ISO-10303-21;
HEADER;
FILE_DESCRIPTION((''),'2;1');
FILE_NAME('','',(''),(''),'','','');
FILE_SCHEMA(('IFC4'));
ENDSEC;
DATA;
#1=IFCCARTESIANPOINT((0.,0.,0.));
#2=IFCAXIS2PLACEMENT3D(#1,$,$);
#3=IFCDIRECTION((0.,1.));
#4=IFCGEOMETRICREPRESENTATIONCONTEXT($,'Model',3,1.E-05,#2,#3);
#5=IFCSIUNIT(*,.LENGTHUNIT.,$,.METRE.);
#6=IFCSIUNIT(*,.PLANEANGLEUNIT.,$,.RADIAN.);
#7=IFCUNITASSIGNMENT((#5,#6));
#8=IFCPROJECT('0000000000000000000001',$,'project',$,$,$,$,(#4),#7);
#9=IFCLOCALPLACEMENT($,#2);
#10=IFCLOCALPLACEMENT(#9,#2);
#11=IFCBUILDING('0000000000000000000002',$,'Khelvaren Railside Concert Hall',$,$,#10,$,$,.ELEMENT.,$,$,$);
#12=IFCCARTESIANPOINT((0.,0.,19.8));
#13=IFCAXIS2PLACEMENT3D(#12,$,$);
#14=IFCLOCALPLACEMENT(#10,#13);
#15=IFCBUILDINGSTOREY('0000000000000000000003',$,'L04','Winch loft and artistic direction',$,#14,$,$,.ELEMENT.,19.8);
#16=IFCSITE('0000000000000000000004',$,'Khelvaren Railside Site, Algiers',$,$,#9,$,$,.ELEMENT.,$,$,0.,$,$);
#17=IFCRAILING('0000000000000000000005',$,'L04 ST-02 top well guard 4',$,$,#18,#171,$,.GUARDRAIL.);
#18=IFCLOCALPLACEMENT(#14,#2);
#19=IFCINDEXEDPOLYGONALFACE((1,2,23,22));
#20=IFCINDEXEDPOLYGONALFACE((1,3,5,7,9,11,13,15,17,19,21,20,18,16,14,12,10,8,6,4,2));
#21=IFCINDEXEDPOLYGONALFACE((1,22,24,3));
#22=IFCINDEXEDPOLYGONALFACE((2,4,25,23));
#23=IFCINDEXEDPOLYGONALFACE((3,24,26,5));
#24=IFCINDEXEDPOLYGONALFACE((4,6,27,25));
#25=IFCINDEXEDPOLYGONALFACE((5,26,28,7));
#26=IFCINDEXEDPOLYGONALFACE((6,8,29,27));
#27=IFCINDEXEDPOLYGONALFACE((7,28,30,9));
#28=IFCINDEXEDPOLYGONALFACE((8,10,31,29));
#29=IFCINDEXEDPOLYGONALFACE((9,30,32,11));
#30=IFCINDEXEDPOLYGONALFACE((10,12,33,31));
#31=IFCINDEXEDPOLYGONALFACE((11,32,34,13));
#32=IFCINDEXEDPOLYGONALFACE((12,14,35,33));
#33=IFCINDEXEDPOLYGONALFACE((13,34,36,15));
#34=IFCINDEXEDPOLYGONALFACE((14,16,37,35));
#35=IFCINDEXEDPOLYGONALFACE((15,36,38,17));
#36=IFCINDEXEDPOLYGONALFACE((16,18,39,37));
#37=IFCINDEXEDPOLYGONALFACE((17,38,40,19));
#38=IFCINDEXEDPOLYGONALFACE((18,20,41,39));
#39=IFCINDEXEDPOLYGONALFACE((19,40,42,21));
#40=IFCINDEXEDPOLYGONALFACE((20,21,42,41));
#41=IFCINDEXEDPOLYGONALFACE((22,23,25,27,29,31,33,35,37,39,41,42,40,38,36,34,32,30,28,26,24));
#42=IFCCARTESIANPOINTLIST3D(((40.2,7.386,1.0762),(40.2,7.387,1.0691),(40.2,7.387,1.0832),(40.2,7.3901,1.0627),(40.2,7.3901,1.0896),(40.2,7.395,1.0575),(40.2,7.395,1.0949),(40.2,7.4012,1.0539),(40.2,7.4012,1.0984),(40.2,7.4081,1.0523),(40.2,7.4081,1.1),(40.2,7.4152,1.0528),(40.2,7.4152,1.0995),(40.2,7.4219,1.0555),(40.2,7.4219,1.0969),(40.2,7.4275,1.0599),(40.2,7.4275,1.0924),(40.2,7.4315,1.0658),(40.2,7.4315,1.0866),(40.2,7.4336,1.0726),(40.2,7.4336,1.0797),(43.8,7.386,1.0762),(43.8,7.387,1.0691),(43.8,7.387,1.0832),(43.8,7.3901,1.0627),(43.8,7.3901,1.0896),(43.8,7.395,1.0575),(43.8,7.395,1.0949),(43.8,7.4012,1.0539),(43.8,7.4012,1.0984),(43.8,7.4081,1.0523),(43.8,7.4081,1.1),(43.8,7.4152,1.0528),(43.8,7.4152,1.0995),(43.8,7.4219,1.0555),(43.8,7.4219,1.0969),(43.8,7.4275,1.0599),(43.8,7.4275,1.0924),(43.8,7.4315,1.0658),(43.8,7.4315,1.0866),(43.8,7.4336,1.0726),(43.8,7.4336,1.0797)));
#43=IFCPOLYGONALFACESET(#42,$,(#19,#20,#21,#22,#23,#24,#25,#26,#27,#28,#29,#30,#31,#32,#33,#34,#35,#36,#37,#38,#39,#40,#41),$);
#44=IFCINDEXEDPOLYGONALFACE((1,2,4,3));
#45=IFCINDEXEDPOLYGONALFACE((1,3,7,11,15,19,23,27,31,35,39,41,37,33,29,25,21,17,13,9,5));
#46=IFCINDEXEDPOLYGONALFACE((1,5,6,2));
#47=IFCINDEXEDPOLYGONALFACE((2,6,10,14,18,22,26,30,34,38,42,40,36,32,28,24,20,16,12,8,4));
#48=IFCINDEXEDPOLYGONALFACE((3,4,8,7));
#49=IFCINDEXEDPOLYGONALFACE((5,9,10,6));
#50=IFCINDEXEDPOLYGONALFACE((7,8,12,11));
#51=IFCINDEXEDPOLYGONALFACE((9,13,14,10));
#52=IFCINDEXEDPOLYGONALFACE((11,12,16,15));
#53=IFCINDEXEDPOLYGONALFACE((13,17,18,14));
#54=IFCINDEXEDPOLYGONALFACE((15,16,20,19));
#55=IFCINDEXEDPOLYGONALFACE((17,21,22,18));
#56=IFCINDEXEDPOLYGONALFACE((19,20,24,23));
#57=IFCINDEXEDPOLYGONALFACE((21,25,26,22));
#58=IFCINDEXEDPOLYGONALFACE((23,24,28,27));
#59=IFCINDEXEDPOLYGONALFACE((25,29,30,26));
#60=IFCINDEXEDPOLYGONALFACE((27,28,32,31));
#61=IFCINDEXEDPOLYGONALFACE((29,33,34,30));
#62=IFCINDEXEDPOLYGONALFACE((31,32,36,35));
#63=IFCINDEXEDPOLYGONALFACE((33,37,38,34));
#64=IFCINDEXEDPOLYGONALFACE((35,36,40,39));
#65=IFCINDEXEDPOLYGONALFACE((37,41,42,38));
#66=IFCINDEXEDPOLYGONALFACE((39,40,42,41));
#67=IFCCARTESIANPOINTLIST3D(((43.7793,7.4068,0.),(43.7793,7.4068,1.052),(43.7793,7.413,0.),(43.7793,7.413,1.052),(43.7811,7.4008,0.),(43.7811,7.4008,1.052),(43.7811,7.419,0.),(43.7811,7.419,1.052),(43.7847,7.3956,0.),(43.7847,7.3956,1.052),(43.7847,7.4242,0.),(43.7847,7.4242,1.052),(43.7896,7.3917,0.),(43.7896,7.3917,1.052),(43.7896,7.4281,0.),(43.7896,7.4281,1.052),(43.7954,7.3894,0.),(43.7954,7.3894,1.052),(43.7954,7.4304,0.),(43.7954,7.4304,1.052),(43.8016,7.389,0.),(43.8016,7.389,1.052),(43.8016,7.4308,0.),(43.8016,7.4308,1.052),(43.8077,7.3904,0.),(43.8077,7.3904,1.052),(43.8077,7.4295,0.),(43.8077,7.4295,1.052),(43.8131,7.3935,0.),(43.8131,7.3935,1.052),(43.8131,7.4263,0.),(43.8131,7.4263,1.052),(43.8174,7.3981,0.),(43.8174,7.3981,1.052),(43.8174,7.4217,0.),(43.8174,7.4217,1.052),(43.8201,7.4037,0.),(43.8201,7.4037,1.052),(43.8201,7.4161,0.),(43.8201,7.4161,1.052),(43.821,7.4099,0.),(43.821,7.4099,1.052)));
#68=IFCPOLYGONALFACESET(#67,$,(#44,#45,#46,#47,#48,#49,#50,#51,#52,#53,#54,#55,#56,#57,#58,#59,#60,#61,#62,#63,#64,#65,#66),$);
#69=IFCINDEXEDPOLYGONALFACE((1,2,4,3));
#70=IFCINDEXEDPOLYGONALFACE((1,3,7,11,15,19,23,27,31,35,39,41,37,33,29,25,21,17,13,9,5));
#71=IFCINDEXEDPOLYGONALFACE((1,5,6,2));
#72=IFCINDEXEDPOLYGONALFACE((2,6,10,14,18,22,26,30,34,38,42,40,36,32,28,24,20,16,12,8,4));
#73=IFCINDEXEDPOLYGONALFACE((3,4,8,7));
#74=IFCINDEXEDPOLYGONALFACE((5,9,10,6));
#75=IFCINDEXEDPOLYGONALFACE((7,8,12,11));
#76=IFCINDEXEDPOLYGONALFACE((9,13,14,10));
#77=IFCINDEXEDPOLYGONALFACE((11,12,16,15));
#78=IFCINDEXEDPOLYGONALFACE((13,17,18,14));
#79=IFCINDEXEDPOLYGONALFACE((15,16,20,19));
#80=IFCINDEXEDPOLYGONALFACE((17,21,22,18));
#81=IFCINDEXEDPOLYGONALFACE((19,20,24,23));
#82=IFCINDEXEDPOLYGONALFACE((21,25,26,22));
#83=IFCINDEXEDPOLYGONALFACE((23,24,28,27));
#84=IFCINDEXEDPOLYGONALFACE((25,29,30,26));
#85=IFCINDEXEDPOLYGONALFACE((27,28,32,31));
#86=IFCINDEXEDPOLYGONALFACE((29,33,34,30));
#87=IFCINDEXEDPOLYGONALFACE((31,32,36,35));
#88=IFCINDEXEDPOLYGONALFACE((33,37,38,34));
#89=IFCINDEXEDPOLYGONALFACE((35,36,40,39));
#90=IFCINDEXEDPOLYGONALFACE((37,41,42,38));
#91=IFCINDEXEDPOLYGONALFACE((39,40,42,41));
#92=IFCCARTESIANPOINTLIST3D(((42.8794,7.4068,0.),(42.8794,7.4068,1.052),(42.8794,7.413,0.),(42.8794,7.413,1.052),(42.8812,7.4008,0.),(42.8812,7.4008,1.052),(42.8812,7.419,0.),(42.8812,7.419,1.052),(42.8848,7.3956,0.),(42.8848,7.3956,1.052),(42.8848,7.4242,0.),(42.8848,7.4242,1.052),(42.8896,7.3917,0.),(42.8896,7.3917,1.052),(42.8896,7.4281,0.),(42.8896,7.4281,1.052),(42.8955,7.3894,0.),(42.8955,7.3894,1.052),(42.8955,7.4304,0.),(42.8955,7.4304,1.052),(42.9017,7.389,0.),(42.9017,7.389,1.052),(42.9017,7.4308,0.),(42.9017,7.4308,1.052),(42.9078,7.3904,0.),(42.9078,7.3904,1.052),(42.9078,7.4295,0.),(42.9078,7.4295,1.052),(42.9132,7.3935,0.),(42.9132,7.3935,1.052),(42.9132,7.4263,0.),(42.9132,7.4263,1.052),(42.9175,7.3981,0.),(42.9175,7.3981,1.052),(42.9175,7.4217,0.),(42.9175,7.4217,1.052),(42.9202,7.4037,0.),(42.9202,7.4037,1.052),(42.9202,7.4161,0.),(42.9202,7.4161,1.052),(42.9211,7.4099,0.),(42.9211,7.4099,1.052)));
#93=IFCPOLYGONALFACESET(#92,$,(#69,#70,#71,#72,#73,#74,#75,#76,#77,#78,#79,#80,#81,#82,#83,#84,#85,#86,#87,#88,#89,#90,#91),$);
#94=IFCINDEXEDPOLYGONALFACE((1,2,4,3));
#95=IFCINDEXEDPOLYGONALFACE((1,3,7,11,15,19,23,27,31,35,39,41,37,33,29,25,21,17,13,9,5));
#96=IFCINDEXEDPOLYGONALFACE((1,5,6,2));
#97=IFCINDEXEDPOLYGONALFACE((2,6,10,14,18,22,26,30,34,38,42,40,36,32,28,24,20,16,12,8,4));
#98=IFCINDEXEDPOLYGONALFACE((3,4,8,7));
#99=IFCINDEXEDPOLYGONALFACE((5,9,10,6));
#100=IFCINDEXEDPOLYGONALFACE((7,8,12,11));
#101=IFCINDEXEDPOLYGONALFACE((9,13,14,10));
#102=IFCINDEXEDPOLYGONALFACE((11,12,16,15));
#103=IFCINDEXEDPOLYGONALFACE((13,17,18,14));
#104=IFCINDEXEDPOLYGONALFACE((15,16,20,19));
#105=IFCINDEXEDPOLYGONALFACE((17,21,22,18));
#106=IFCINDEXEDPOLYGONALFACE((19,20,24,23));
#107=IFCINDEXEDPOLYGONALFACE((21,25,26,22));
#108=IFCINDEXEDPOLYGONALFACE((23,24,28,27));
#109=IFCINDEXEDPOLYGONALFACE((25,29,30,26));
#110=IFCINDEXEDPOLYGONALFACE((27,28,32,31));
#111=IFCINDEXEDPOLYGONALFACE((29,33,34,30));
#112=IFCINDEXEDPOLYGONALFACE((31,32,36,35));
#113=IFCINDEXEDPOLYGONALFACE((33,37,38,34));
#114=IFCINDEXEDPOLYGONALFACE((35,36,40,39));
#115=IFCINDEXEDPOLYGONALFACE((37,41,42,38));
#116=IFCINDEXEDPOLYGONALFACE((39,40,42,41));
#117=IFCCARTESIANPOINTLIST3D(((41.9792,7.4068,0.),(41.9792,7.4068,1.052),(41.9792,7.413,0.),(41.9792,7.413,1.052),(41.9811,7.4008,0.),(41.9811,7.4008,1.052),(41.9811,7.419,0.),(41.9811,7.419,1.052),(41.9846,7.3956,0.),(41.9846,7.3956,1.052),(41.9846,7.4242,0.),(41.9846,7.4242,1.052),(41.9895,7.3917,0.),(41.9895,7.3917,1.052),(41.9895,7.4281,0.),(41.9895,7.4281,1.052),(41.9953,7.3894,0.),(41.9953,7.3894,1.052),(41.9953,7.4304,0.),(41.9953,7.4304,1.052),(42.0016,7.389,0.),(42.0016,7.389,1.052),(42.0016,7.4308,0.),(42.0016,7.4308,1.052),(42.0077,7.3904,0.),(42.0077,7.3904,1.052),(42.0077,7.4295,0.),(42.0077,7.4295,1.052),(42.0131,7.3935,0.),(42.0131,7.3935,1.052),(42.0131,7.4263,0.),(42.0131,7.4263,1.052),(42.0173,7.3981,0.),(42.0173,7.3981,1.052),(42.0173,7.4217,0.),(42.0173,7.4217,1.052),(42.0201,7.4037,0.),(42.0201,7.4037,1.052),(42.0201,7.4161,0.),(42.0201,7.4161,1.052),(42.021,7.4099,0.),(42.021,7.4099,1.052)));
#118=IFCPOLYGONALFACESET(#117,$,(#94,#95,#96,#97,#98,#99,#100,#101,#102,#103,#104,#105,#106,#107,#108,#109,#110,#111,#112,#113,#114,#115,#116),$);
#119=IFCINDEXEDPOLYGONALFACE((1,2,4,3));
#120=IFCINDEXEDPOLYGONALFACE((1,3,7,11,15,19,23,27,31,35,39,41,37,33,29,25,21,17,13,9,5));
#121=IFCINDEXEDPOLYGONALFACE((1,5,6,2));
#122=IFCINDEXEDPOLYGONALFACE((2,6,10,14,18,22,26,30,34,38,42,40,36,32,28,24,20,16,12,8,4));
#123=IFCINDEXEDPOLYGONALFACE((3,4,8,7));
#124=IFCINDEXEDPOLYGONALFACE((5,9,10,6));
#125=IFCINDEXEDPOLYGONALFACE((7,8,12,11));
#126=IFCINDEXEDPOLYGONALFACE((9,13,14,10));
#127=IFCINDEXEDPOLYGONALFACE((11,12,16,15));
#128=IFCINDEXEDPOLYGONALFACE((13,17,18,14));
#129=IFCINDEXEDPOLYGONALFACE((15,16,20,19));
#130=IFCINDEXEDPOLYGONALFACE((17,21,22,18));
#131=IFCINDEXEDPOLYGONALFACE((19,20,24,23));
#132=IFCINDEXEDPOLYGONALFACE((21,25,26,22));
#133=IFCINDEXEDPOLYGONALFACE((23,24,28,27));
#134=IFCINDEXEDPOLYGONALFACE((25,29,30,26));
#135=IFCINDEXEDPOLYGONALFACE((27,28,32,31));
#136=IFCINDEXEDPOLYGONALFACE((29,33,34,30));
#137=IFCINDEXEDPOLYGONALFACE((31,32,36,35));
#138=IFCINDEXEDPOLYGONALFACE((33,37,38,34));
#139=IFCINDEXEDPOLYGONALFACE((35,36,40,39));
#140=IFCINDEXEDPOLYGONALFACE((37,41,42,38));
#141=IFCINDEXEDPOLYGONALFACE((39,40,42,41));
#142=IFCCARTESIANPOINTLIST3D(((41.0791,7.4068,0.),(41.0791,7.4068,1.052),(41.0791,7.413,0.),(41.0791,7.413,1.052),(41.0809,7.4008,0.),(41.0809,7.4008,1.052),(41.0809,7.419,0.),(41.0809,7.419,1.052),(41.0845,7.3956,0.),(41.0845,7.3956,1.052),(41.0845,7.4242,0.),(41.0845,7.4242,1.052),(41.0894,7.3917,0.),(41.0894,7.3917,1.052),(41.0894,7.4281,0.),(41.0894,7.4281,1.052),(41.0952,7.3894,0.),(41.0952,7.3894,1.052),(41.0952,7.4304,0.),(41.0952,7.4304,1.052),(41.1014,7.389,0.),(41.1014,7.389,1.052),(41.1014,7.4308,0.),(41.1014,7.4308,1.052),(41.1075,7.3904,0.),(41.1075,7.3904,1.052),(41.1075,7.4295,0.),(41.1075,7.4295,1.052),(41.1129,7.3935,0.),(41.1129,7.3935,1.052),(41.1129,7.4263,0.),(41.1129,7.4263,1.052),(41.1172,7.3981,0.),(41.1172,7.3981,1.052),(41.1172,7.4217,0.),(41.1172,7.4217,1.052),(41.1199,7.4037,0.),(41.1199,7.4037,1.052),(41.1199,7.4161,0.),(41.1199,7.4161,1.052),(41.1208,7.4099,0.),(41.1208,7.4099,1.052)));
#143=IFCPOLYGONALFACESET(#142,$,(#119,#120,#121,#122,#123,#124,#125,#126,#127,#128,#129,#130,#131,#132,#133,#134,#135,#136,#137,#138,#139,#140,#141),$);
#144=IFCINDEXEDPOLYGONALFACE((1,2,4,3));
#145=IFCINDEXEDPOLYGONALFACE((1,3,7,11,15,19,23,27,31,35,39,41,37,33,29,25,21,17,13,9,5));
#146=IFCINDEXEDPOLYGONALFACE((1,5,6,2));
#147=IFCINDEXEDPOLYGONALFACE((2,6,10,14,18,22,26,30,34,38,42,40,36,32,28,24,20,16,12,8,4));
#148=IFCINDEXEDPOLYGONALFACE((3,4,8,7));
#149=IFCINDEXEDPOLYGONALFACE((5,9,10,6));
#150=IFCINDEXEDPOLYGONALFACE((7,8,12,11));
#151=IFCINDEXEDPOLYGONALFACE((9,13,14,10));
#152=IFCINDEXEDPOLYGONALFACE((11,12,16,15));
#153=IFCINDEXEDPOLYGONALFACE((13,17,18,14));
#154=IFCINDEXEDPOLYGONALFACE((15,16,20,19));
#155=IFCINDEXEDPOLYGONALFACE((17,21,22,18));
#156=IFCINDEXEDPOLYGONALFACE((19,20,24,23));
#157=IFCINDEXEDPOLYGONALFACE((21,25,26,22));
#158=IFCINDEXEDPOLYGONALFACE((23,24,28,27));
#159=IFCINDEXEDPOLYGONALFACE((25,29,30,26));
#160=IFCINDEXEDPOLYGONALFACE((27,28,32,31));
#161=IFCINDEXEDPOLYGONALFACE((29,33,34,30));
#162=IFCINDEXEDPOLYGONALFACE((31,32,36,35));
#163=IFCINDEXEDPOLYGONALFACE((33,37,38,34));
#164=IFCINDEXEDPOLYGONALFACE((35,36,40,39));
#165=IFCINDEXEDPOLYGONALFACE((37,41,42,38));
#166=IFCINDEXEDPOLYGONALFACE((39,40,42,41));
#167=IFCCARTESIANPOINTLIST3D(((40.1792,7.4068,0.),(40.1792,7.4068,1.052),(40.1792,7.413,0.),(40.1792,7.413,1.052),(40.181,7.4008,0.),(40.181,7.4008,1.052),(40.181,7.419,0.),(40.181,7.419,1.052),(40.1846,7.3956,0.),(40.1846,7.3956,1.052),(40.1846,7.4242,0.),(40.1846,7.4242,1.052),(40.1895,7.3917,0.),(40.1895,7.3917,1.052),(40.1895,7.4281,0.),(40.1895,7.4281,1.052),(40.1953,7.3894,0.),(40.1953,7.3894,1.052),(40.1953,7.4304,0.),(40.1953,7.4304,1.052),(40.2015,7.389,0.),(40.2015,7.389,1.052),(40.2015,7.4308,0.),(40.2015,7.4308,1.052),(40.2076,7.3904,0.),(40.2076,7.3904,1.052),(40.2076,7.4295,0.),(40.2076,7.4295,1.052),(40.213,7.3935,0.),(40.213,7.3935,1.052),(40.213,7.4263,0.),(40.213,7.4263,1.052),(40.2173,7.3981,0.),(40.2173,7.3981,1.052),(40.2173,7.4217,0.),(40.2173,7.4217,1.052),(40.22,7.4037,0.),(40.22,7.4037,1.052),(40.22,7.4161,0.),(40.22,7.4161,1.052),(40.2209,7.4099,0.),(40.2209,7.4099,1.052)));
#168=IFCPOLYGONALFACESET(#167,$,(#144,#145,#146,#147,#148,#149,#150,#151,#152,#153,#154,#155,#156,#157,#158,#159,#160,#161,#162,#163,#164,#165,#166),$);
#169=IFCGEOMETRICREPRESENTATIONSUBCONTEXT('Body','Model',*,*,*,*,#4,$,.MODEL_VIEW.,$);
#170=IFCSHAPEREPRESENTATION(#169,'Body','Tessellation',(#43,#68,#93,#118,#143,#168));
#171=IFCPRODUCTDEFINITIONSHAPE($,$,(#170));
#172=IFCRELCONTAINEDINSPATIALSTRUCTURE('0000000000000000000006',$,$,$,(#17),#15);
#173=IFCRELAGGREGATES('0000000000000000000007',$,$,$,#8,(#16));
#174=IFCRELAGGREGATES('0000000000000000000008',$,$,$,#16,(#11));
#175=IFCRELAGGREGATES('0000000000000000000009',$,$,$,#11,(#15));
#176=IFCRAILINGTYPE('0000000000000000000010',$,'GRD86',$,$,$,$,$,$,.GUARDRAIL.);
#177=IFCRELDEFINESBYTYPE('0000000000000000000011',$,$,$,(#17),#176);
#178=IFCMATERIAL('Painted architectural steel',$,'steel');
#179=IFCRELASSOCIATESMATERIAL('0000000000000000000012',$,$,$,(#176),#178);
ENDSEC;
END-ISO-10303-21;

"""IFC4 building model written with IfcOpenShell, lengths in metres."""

from ifc_helpers import new_model, si_unit, direction, frame, origin, origin_2d, place, context, subcontext, project, spatial, circle, extrude, material, type_object, element, save


model = new_model("IFC4")

# Units and contexts
model_context = context("Model", 3, precision=1e-05, world=origin(), true_north=direction((0.0, 1.0)))
body_context = subcontext(model_context, "Body", "Model", "MODEL_VIEW")
ifc_project = project(units=[si_unit("LENGTHUNIT", "METRE"), si_unit("PLANEANGLEUNIT", "RADIAN")], contexts=[model_context])

# Site, building, storey
site_placement = place(None, origin())
site = spatial("IfcSite", under=ifc_project, at=site_placement, Name="Khelvaren Railside Site, Algiers", CompositionType="ELEMENT", RefElevation=0.0)
building_placement = place(site_placement, origin())
building = spatial("IfcBuilding", under=site, at=building_placement, Name="Khelvaren Railside Concert Hall", CompositionType="ELEMENT")
storey_placement = place(building_placement, frame((0.0, 0.0, 19.8)))
storey = spatial("IfcBuildingStorey", under=building, at=storey_placement, Name="L04", Description="Winch loft and artistic direction", CompositionType="ELEMENT", Elevation=19.8)

# Railing
ifc_material_1 = material(Name="Painted architectural steel", Category="steel")
railing_type = type_object("IfcRailingType", Name="GRD86", PredefinedType="GUARDRAIL", material=ifc_material_1)
railing_1_placement = place(storey_placement, frame((43.8, 7.4099, 0.0)))
element("IfcRailing", 1, at=railing_1_placement, inside=storey, type_object=railing_type, Name="L04 ST-02 top well guard 4", PredefinedType="GUARDRAIL", context=body_context, shape_type="SweptSolid", body=[
    extrude(circle(Radius=0.0239, at=origin_2d()), frame((0.0, 0.0, 1.0762), z_axis=(-1.0, 0.0, 0.0), x_axis=(0.0, -1.0, 0.0)), (0.0, 0.0, 1.0), 3.6001),
    extrude(circle(Radius=0.021, at=origin_2d()), origin(), (0.0, 0.0, 1.0), 1.052),
    extrude(circle(Radius=0.021, at=origin_2d()), frame((-0.8999, 0.0, 0.0)), (0.0, 0.0, 1.0), 1.052),
    extrude(circle(Radius=0.021, at=origin_2d()), frame((-1.8, 0.0, 0.0)), (0.0, 0.0, 1.0), 1.052),
    extrude(circle(Radius=0.021, at=origin_2d()), frame((-2.7002, 0.0, 0.0)), (0.0, 0.0, 1.0), 1.052),
    extrude(circle(Radius=0.021, at=origin_2d()), frame((-3.6001, 0.0, 0.0)), (0.0, 0.0, 1.0), 1.052),
])

save(model, "model.ifc")
